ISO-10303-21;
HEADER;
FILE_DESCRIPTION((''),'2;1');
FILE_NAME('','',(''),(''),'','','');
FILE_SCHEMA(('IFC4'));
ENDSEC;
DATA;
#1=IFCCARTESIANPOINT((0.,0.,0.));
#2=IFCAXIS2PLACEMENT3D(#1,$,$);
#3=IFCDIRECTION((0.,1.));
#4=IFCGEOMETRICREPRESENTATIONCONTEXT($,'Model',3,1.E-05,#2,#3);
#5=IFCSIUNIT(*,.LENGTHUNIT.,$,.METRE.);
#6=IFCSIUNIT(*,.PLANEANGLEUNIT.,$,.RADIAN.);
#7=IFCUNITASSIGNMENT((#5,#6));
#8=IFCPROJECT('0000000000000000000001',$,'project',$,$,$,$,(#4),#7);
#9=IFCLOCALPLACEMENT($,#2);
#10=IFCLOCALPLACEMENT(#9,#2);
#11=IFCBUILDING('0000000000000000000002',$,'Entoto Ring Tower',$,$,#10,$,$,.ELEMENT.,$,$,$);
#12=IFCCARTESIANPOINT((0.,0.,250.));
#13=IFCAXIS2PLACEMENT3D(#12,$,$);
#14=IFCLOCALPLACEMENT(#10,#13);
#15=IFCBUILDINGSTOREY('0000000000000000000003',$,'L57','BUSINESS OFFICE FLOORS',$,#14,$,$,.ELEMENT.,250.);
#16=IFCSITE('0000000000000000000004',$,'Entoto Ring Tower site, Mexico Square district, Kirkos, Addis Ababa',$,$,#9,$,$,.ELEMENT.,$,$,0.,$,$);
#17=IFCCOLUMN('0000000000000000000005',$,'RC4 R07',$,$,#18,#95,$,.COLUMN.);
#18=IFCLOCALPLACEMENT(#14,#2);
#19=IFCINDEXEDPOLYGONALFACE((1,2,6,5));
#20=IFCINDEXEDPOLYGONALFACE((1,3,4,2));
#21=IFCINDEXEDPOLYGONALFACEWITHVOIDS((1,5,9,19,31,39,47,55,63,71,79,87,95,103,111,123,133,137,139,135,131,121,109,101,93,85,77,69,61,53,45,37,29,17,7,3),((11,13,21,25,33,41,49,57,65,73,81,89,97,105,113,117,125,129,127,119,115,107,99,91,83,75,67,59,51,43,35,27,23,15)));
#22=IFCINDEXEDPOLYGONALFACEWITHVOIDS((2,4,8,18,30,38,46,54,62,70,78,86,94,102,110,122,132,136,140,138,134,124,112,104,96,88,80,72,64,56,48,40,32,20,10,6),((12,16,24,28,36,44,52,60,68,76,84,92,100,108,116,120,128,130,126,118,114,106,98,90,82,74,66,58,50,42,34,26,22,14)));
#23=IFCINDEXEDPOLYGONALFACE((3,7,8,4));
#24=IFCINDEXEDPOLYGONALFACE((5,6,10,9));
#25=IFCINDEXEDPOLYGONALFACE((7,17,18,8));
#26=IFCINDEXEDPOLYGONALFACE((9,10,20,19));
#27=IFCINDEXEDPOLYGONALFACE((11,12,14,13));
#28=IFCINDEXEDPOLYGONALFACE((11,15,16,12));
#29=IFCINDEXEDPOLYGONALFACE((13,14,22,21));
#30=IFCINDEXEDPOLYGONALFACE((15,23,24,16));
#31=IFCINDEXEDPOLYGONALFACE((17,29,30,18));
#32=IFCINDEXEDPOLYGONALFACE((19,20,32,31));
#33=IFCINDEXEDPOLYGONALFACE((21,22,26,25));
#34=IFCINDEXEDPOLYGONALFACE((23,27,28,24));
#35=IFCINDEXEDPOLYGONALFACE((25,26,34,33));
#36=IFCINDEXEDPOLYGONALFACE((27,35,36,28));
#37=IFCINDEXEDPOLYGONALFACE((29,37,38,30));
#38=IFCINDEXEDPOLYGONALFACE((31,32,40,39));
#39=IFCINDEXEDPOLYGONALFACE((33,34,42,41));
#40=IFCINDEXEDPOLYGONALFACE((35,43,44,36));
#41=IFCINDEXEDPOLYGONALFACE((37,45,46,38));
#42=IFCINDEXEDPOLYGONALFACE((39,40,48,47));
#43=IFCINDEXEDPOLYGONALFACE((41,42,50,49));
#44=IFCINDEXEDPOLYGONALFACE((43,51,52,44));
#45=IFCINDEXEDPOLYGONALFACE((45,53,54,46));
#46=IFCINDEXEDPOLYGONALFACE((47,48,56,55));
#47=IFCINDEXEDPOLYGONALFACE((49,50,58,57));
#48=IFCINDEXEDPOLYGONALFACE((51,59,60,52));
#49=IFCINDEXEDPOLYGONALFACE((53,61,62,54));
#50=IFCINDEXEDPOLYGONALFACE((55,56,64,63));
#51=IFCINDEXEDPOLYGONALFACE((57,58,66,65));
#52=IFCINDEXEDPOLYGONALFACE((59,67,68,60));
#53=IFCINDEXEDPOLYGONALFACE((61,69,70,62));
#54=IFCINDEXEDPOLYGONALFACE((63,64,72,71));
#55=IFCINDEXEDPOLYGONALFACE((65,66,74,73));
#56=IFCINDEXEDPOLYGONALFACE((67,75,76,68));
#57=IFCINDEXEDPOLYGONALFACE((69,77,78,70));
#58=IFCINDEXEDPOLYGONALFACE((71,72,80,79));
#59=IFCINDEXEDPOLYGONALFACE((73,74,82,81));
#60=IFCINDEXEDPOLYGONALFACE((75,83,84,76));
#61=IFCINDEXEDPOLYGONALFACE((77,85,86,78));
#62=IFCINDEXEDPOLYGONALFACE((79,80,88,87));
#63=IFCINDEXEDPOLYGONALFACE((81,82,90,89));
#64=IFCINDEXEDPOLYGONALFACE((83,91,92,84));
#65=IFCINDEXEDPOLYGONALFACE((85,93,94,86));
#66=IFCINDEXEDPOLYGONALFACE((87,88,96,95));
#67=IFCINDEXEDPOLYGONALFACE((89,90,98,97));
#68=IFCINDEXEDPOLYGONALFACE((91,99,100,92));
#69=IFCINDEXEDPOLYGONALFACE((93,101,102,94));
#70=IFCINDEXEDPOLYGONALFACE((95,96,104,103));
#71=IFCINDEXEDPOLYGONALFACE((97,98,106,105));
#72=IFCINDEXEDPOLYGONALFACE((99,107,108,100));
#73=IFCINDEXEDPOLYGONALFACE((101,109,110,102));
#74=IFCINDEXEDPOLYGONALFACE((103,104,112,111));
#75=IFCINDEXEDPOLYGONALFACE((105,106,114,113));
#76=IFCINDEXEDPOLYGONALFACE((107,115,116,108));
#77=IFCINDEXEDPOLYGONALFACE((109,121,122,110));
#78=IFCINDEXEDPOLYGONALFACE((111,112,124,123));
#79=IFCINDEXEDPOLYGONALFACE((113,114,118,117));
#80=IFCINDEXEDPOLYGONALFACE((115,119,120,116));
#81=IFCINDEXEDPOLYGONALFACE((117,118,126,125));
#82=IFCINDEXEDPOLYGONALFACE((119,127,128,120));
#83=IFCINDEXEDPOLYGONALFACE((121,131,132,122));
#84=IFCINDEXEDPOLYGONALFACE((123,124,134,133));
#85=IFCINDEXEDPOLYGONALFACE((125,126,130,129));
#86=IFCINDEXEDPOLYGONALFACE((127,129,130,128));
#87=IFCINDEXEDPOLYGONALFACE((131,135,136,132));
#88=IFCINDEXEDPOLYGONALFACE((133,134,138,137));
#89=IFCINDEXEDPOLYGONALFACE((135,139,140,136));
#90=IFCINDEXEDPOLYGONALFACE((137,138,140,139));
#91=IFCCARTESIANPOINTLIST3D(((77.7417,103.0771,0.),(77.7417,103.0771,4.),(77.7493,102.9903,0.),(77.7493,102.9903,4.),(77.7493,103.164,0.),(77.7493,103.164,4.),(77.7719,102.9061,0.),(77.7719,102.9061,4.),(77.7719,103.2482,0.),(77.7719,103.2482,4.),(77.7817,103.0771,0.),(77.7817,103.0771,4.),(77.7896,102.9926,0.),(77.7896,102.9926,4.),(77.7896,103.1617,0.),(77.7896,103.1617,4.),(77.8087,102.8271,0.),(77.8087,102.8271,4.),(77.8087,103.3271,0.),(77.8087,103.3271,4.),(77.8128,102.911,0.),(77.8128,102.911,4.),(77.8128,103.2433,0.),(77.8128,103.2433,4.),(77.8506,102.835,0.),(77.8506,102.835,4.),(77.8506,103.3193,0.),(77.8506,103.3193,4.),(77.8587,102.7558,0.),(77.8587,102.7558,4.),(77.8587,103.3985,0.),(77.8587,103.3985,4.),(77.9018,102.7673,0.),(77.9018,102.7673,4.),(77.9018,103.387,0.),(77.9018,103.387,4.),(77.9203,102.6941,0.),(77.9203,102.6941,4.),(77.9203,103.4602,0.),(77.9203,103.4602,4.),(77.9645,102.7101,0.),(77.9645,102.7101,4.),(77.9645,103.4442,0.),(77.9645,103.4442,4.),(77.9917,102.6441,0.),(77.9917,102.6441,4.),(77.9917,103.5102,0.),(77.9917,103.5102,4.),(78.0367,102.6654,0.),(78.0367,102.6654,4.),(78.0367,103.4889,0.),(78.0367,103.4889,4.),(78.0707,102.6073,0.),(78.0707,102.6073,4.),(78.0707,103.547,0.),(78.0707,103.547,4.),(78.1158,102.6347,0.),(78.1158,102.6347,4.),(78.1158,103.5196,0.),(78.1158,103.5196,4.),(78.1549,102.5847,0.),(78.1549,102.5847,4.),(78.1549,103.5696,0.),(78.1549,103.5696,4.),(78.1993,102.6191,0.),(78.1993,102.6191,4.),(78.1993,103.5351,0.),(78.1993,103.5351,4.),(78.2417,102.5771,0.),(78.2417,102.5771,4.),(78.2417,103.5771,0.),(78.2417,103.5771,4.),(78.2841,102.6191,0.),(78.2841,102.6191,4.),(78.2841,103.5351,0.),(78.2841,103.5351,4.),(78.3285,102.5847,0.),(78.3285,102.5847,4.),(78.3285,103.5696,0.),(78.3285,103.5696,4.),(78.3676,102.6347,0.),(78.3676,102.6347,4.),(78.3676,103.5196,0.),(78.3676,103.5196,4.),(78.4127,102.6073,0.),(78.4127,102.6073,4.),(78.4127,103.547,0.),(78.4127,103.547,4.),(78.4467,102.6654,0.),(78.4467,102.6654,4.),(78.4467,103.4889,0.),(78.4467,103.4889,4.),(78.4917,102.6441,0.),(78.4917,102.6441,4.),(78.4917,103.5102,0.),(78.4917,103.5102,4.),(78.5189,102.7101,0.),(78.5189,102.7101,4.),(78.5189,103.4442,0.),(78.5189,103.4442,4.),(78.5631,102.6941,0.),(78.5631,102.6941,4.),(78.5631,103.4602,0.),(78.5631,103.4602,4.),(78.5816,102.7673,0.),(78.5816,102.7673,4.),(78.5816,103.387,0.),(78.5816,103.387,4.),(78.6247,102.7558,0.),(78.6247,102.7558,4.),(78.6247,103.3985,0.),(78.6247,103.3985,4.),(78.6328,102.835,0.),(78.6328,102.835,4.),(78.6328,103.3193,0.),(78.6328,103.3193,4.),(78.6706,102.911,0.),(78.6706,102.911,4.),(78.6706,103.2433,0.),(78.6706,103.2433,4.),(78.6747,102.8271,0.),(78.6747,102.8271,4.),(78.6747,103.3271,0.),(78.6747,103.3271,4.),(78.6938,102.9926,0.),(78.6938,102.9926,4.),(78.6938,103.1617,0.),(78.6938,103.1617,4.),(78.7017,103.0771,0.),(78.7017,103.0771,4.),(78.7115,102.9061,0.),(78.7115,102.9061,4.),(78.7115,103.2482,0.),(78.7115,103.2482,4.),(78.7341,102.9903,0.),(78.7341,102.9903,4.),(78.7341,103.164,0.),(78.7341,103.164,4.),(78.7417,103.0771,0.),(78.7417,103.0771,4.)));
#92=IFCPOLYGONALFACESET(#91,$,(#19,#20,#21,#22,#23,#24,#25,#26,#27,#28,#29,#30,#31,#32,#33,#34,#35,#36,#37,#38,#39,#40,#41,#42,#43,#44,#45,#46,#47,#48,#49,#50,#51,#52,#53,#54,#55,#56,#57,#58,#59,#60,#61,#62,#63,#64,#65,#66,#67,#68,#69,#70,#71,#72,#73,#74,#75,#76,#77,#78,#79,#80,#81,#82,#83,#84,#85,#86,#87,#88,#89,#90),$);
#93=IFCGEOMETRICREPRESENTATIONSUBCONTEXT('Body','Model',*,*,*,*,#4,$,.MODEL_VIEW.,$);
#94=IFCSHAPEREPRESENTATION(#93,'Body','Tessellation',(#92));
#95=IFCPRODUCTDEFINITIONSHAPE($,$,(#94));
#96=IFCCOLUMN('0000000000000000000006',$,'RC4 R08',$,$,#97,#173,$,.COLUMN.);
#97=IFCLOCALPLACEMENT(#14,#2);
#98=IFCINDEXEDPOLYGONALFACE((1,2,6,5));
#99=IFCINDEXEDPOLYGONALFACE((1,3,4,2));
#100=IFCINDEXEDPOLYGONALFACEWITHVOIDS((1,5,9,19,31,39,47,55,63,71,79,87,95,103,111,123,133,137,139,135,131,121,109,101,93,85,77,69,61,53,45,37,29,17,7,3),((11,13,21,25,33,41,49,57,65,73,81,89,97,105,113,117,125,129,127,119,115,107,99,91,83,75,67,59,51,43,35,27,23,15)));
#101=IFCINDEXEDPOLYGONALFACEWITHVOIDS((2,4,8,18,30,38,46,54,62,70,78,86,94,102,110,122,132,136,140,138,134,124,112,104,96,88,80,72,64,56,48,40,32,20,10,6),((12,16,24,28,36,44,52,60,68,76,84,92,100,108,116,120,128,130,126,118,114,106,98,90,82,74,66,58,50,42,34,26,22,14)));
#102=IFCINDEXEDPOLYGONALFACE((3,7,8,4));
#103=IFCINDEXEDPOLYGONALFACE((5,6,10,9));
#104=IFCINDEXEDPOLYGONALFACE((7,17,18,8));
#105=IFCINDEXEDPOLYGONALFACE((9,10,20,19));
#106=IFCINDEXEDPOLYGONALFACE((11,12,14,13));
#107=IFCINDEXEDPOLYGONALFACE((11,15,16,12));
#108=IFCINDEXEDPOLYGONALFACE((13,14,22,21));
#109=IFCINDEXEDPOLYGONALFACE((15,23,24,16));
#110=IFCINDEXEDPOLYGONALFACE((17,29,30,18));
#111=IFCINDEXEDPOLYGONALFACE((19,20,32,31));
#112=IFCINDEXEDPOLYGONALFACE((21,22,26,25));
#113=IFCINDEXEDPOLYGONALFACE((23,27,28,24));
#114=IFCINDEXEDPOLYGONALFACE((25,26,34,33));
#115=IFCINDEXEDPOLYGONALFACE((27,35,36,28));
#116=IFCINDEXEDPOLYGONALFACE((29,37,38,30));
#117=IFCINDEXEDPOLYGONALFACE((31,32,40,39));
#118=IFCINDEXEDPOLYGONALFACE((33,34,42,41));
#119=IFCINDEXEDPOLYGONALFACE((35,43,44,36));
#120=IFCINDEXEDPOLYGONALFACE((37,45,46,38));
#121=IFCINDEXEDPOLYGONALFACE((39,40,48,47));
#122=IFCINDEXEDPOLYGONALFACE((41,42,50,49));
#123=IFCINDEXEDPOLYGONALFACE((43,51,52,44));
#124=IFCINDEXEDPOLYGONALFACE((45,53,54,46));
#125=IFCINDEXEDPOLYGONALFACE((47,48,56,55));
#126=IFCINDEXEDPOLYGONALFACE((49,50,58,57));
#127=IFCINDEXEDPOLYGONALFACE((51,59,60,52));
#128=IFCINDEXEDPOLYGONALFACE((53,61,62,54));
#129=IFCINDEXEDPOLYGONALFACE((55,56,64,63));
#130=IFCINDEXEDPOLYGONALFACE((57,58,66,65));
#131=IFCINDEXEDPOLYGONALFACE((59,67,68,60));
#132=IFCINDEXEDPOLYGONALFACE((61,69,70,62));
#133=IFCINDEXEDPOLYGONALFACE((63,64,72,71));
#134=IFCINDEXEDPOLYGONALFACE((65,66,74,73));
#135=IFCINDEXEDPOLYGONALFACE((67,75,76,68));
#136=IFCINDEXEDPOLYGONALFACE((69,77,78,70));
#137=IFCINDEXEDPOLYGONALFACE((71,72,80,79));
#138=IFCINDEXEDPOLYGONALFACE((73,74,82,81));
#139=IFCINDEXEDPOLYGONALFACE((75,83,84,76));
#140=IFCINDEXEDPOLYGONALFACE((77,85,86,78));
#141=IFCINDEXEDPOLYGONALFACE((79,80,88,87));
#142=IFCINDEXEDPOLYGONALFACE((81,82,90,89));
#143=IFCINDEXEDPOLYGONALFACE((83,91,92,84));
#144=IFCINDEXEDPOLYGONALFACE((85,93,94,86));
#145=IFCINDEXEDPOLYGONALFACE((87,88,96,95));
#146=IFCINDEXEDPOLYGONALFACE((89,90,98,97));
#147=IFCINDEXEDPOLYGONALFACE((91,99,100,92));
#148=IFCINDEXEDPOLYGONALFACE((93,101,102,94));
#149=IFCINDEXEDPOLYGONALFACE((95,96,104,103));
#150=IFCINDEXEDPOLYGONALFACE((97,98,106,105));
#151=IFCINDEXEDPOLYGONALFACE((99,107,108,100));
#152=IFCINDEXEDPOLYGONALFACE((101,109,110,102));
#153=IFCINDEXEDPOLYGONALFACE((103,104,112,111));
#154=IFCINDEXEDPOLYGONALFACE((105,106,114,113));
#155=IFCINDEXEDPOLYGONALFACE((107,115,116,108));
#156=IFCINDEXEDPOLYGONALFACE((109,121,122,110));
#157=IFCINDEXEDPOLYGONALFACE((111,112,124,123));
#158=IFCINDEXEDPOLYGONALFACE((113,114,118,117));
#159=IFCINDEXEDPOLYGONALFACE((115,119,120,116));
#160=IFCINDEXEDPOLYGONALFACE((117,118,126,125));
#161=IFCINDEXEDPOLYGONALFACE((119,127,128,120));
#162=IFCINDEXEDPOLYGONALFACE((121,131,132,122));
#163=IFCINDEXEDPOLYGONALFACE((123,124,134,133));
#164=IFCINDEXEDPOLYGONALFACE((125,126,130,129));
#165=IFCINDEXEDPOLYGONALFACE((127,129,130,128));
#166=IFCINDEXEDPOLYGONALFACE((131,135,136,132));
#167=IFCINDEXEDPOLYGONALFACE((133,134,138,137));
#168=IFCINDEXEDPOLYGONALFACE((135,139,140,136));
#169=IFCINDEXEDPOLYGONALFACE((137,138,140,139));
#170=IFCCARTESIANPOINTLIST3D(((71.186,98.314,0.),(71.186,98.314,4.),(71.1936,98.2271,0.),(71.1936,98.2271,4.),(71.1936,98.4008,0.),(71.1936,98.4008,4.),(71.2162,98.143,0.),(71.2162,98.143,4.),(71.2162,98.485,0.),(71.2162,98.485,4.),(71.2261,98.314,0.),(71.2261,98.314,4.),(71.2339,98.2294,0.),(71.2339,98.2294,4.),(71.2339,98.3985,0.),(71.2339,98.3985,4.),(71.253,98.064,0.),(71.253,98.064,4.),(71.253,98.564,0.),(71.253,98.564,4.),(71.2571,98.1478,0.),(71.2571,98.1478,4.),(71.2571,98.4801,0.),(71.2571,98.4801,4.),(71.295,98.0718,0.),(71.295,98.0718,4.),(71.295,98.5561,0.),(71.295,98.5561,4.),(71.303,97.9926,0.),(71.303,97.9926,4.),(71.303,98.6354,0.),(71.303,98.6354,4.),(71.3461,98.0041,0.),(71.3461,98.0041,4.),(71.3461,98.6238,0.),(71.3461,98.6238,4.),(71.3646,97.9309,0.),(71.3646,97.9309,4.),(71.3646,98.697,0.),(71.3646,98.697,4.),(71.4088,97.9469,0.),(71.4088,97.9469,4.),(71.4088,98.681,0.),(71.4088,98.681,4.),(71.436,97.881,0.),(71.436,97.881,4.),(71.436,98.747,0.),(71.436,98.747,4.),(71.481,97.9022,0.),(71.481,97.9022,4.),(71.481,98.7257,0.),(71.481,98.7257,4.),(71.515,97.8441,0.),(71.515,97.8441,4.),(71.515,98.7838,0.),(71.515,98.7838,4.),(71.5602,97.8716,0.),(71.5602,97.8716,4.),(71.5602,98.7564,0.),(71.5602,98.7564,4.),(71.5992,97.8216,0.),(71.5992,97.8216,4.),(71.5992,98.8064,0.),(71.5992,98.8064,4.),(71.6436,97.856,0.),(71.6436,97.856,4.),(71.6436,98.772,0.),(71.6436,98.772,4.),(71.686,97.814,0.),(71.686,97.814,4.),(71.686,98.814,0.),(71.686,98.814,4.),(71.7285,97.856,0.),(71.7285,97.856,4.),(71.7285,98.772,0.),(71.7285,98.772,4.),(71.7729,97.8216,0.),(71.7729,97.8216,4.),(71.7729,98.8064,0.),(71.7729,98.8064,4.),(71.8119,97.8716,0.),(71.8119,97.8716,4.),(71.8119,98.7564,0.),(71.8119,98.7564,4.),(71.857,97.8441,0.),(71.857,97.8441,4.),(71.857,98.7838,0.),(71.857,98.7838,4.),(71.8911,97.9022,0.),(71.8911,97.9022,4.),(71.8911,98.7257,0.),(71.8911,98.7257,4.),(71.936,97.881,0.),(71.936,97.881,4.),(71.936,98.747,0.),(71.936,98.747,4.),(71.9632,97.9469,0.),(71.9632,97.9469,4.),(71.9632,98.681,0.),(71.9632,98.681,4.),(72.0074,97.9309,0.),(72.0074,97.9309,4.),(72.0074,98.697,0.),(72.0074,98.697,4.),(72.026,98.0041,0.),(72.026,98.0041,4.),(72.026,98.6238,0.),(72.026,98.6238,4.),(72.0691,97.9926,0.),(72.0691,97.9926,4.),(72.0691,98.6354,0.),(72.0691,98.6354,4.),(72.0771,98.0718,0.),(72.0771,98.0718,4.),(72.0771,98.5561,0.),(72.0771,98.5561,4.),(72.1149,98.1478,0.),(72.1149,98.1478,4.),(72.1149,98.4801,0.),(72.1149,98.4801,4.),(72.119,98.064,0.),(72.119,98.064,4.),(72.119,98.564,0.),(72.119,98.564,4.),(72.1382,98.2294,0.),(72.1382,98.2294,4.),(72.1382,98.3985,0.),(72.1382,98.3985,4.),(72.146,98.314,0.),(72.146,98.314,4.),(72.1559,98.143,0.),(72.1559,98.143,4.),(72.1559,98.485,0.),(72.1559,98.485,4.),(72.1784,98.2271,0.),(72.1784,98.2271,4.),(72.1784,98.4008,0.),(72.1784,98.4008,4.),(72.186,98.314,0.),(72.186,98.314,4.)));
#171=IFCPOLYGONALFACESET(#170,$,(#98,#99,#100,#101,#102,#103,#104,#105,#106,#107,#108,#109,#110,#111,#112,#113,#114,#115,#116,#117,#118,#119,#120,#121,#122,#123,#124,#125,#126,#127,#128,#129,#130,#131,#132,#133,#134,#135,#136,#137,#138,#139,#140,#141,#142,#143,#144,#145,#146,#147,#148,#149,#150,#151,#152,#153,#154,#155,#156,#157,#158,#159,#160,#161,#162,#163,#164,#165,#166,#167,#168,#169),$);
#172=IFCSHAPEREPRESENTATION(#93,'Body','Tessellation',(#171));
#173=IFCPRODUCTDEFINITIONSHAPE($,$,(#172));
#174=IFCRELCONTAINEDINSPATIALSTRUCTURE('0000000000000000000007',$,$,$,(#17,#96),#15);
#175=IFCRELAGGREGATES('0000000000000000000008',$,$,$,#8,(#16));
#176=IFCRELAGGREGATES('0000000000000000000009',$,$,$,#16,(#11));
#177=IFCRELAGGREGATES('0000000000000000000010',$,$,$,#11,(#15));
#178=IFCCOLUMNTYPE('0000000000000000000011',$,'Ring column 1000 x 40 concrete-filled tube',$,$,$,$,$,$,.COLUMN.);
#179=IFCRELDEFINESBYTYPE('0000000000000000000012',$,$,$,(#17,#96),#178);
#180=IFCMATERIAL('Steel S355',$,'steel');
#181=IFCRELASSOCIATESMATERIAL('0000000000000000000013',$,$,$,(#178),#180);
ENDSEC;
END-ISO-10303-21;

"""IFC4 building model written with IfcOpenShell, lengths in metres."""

from ifc_helpers import new_model, si_unit, direction, frame, origin, origin_2d, place, context, subcontext, project, spatial, circle, hollow_circle, extrude, material, material_profile, profile_set, type_object, element, save


model = new_model("IFC4")

# Units and contexts
model_context = context("Model", 3, precision=1e-05, world=origin(), true_north=direction((0.0, 1.0)))
body_context = subcontext(model_context, "Body", "Model", "MODEL_VIEW")
ifc_project = project(units=[si_unit("LENGTHUNIT", "METRE"), si_unit("PLANEANGLEUNIT", "RADIAN")], contexts=[model_context])

# Site, building, storey
site_placement = place(None, origin())
site = spatial("IfcSite", under=ifc_project, at=site_placement, Name="Entoto Ring Tower site, Mexico Square district, Kirkos, Addis Ababa", CompositionType="ELEMENT", RefElevation=0.0)
building_placement = place(site_placement, origin())
building = spatial("IfcBuilding", under=site, at=building_placement, Name="Entoto Ring Tower", CompositionType="ELEMENT")
storey_placement = place(building_placement, frame((0.0, 0.0, 250.0)))
storey = spatial("IfcBuildingStorey", under=building, at=storey_placement, Name="L57", Description="BUSINESS OFFICE FLOORS", CompositionType="ELEMENT", Elevation=250.0)

# Columns
ifc_material_1 = material(Name="Steel S355", Category="steel")
ifc_material_profile_1 = material_profile(ifc_material_1, hollow_circle(Radius=0.5, WallThickness=0.04, at=origin_2d()), Name="CHS 1000 x 40")
ifc_material_2 = material(Name="Concrete C60/75", Category="concrete")
ifc_material_profile_2 = material_profile(ifc_material_2, circle(Radius=0.46, at=origin_2d()), Name="Concrete C60/75 infill")
ifc_profile_set_1 = profile_set([ifc_material_profile_1, ifc_material_profile_2], Name="Steel S355")
column_type = type_object("IfcColumnType", Name="Ring column 1000 x 40 concrete-filled tube", PredefinedType="COLUMN", material=ifc_profile_set_1)
for number, where, z_axis, x_axis, name in (
    (1, (78.2417, 103.0771, 0.0), (0.0, 0.0, 1.0), (1.0, 0.0, 0.0), "RC4 R07"),
    (2, (71.686, 98.314, 0.0), (0.0, 0.0, 1.0), (1.0, 0.0, 0.0), "RC4 R08"),
):
    element("IfcColumn", number, at=place(storey_placement, frame(where, z_axis=z_axis, x_axis=x_axis)), inside=storey, type_object=column_type, Name=name, PredefinedType="COLUMN", context=body_context, shape_type="SweptSolid", body=[
        extrude(hollow_circle(Radius=0.5, WallThickness=0.04, at=origin_2d()), origin(), (0.0, 0.0, 1.0), 4.0),
    ])

save(model, "model.ifc")
